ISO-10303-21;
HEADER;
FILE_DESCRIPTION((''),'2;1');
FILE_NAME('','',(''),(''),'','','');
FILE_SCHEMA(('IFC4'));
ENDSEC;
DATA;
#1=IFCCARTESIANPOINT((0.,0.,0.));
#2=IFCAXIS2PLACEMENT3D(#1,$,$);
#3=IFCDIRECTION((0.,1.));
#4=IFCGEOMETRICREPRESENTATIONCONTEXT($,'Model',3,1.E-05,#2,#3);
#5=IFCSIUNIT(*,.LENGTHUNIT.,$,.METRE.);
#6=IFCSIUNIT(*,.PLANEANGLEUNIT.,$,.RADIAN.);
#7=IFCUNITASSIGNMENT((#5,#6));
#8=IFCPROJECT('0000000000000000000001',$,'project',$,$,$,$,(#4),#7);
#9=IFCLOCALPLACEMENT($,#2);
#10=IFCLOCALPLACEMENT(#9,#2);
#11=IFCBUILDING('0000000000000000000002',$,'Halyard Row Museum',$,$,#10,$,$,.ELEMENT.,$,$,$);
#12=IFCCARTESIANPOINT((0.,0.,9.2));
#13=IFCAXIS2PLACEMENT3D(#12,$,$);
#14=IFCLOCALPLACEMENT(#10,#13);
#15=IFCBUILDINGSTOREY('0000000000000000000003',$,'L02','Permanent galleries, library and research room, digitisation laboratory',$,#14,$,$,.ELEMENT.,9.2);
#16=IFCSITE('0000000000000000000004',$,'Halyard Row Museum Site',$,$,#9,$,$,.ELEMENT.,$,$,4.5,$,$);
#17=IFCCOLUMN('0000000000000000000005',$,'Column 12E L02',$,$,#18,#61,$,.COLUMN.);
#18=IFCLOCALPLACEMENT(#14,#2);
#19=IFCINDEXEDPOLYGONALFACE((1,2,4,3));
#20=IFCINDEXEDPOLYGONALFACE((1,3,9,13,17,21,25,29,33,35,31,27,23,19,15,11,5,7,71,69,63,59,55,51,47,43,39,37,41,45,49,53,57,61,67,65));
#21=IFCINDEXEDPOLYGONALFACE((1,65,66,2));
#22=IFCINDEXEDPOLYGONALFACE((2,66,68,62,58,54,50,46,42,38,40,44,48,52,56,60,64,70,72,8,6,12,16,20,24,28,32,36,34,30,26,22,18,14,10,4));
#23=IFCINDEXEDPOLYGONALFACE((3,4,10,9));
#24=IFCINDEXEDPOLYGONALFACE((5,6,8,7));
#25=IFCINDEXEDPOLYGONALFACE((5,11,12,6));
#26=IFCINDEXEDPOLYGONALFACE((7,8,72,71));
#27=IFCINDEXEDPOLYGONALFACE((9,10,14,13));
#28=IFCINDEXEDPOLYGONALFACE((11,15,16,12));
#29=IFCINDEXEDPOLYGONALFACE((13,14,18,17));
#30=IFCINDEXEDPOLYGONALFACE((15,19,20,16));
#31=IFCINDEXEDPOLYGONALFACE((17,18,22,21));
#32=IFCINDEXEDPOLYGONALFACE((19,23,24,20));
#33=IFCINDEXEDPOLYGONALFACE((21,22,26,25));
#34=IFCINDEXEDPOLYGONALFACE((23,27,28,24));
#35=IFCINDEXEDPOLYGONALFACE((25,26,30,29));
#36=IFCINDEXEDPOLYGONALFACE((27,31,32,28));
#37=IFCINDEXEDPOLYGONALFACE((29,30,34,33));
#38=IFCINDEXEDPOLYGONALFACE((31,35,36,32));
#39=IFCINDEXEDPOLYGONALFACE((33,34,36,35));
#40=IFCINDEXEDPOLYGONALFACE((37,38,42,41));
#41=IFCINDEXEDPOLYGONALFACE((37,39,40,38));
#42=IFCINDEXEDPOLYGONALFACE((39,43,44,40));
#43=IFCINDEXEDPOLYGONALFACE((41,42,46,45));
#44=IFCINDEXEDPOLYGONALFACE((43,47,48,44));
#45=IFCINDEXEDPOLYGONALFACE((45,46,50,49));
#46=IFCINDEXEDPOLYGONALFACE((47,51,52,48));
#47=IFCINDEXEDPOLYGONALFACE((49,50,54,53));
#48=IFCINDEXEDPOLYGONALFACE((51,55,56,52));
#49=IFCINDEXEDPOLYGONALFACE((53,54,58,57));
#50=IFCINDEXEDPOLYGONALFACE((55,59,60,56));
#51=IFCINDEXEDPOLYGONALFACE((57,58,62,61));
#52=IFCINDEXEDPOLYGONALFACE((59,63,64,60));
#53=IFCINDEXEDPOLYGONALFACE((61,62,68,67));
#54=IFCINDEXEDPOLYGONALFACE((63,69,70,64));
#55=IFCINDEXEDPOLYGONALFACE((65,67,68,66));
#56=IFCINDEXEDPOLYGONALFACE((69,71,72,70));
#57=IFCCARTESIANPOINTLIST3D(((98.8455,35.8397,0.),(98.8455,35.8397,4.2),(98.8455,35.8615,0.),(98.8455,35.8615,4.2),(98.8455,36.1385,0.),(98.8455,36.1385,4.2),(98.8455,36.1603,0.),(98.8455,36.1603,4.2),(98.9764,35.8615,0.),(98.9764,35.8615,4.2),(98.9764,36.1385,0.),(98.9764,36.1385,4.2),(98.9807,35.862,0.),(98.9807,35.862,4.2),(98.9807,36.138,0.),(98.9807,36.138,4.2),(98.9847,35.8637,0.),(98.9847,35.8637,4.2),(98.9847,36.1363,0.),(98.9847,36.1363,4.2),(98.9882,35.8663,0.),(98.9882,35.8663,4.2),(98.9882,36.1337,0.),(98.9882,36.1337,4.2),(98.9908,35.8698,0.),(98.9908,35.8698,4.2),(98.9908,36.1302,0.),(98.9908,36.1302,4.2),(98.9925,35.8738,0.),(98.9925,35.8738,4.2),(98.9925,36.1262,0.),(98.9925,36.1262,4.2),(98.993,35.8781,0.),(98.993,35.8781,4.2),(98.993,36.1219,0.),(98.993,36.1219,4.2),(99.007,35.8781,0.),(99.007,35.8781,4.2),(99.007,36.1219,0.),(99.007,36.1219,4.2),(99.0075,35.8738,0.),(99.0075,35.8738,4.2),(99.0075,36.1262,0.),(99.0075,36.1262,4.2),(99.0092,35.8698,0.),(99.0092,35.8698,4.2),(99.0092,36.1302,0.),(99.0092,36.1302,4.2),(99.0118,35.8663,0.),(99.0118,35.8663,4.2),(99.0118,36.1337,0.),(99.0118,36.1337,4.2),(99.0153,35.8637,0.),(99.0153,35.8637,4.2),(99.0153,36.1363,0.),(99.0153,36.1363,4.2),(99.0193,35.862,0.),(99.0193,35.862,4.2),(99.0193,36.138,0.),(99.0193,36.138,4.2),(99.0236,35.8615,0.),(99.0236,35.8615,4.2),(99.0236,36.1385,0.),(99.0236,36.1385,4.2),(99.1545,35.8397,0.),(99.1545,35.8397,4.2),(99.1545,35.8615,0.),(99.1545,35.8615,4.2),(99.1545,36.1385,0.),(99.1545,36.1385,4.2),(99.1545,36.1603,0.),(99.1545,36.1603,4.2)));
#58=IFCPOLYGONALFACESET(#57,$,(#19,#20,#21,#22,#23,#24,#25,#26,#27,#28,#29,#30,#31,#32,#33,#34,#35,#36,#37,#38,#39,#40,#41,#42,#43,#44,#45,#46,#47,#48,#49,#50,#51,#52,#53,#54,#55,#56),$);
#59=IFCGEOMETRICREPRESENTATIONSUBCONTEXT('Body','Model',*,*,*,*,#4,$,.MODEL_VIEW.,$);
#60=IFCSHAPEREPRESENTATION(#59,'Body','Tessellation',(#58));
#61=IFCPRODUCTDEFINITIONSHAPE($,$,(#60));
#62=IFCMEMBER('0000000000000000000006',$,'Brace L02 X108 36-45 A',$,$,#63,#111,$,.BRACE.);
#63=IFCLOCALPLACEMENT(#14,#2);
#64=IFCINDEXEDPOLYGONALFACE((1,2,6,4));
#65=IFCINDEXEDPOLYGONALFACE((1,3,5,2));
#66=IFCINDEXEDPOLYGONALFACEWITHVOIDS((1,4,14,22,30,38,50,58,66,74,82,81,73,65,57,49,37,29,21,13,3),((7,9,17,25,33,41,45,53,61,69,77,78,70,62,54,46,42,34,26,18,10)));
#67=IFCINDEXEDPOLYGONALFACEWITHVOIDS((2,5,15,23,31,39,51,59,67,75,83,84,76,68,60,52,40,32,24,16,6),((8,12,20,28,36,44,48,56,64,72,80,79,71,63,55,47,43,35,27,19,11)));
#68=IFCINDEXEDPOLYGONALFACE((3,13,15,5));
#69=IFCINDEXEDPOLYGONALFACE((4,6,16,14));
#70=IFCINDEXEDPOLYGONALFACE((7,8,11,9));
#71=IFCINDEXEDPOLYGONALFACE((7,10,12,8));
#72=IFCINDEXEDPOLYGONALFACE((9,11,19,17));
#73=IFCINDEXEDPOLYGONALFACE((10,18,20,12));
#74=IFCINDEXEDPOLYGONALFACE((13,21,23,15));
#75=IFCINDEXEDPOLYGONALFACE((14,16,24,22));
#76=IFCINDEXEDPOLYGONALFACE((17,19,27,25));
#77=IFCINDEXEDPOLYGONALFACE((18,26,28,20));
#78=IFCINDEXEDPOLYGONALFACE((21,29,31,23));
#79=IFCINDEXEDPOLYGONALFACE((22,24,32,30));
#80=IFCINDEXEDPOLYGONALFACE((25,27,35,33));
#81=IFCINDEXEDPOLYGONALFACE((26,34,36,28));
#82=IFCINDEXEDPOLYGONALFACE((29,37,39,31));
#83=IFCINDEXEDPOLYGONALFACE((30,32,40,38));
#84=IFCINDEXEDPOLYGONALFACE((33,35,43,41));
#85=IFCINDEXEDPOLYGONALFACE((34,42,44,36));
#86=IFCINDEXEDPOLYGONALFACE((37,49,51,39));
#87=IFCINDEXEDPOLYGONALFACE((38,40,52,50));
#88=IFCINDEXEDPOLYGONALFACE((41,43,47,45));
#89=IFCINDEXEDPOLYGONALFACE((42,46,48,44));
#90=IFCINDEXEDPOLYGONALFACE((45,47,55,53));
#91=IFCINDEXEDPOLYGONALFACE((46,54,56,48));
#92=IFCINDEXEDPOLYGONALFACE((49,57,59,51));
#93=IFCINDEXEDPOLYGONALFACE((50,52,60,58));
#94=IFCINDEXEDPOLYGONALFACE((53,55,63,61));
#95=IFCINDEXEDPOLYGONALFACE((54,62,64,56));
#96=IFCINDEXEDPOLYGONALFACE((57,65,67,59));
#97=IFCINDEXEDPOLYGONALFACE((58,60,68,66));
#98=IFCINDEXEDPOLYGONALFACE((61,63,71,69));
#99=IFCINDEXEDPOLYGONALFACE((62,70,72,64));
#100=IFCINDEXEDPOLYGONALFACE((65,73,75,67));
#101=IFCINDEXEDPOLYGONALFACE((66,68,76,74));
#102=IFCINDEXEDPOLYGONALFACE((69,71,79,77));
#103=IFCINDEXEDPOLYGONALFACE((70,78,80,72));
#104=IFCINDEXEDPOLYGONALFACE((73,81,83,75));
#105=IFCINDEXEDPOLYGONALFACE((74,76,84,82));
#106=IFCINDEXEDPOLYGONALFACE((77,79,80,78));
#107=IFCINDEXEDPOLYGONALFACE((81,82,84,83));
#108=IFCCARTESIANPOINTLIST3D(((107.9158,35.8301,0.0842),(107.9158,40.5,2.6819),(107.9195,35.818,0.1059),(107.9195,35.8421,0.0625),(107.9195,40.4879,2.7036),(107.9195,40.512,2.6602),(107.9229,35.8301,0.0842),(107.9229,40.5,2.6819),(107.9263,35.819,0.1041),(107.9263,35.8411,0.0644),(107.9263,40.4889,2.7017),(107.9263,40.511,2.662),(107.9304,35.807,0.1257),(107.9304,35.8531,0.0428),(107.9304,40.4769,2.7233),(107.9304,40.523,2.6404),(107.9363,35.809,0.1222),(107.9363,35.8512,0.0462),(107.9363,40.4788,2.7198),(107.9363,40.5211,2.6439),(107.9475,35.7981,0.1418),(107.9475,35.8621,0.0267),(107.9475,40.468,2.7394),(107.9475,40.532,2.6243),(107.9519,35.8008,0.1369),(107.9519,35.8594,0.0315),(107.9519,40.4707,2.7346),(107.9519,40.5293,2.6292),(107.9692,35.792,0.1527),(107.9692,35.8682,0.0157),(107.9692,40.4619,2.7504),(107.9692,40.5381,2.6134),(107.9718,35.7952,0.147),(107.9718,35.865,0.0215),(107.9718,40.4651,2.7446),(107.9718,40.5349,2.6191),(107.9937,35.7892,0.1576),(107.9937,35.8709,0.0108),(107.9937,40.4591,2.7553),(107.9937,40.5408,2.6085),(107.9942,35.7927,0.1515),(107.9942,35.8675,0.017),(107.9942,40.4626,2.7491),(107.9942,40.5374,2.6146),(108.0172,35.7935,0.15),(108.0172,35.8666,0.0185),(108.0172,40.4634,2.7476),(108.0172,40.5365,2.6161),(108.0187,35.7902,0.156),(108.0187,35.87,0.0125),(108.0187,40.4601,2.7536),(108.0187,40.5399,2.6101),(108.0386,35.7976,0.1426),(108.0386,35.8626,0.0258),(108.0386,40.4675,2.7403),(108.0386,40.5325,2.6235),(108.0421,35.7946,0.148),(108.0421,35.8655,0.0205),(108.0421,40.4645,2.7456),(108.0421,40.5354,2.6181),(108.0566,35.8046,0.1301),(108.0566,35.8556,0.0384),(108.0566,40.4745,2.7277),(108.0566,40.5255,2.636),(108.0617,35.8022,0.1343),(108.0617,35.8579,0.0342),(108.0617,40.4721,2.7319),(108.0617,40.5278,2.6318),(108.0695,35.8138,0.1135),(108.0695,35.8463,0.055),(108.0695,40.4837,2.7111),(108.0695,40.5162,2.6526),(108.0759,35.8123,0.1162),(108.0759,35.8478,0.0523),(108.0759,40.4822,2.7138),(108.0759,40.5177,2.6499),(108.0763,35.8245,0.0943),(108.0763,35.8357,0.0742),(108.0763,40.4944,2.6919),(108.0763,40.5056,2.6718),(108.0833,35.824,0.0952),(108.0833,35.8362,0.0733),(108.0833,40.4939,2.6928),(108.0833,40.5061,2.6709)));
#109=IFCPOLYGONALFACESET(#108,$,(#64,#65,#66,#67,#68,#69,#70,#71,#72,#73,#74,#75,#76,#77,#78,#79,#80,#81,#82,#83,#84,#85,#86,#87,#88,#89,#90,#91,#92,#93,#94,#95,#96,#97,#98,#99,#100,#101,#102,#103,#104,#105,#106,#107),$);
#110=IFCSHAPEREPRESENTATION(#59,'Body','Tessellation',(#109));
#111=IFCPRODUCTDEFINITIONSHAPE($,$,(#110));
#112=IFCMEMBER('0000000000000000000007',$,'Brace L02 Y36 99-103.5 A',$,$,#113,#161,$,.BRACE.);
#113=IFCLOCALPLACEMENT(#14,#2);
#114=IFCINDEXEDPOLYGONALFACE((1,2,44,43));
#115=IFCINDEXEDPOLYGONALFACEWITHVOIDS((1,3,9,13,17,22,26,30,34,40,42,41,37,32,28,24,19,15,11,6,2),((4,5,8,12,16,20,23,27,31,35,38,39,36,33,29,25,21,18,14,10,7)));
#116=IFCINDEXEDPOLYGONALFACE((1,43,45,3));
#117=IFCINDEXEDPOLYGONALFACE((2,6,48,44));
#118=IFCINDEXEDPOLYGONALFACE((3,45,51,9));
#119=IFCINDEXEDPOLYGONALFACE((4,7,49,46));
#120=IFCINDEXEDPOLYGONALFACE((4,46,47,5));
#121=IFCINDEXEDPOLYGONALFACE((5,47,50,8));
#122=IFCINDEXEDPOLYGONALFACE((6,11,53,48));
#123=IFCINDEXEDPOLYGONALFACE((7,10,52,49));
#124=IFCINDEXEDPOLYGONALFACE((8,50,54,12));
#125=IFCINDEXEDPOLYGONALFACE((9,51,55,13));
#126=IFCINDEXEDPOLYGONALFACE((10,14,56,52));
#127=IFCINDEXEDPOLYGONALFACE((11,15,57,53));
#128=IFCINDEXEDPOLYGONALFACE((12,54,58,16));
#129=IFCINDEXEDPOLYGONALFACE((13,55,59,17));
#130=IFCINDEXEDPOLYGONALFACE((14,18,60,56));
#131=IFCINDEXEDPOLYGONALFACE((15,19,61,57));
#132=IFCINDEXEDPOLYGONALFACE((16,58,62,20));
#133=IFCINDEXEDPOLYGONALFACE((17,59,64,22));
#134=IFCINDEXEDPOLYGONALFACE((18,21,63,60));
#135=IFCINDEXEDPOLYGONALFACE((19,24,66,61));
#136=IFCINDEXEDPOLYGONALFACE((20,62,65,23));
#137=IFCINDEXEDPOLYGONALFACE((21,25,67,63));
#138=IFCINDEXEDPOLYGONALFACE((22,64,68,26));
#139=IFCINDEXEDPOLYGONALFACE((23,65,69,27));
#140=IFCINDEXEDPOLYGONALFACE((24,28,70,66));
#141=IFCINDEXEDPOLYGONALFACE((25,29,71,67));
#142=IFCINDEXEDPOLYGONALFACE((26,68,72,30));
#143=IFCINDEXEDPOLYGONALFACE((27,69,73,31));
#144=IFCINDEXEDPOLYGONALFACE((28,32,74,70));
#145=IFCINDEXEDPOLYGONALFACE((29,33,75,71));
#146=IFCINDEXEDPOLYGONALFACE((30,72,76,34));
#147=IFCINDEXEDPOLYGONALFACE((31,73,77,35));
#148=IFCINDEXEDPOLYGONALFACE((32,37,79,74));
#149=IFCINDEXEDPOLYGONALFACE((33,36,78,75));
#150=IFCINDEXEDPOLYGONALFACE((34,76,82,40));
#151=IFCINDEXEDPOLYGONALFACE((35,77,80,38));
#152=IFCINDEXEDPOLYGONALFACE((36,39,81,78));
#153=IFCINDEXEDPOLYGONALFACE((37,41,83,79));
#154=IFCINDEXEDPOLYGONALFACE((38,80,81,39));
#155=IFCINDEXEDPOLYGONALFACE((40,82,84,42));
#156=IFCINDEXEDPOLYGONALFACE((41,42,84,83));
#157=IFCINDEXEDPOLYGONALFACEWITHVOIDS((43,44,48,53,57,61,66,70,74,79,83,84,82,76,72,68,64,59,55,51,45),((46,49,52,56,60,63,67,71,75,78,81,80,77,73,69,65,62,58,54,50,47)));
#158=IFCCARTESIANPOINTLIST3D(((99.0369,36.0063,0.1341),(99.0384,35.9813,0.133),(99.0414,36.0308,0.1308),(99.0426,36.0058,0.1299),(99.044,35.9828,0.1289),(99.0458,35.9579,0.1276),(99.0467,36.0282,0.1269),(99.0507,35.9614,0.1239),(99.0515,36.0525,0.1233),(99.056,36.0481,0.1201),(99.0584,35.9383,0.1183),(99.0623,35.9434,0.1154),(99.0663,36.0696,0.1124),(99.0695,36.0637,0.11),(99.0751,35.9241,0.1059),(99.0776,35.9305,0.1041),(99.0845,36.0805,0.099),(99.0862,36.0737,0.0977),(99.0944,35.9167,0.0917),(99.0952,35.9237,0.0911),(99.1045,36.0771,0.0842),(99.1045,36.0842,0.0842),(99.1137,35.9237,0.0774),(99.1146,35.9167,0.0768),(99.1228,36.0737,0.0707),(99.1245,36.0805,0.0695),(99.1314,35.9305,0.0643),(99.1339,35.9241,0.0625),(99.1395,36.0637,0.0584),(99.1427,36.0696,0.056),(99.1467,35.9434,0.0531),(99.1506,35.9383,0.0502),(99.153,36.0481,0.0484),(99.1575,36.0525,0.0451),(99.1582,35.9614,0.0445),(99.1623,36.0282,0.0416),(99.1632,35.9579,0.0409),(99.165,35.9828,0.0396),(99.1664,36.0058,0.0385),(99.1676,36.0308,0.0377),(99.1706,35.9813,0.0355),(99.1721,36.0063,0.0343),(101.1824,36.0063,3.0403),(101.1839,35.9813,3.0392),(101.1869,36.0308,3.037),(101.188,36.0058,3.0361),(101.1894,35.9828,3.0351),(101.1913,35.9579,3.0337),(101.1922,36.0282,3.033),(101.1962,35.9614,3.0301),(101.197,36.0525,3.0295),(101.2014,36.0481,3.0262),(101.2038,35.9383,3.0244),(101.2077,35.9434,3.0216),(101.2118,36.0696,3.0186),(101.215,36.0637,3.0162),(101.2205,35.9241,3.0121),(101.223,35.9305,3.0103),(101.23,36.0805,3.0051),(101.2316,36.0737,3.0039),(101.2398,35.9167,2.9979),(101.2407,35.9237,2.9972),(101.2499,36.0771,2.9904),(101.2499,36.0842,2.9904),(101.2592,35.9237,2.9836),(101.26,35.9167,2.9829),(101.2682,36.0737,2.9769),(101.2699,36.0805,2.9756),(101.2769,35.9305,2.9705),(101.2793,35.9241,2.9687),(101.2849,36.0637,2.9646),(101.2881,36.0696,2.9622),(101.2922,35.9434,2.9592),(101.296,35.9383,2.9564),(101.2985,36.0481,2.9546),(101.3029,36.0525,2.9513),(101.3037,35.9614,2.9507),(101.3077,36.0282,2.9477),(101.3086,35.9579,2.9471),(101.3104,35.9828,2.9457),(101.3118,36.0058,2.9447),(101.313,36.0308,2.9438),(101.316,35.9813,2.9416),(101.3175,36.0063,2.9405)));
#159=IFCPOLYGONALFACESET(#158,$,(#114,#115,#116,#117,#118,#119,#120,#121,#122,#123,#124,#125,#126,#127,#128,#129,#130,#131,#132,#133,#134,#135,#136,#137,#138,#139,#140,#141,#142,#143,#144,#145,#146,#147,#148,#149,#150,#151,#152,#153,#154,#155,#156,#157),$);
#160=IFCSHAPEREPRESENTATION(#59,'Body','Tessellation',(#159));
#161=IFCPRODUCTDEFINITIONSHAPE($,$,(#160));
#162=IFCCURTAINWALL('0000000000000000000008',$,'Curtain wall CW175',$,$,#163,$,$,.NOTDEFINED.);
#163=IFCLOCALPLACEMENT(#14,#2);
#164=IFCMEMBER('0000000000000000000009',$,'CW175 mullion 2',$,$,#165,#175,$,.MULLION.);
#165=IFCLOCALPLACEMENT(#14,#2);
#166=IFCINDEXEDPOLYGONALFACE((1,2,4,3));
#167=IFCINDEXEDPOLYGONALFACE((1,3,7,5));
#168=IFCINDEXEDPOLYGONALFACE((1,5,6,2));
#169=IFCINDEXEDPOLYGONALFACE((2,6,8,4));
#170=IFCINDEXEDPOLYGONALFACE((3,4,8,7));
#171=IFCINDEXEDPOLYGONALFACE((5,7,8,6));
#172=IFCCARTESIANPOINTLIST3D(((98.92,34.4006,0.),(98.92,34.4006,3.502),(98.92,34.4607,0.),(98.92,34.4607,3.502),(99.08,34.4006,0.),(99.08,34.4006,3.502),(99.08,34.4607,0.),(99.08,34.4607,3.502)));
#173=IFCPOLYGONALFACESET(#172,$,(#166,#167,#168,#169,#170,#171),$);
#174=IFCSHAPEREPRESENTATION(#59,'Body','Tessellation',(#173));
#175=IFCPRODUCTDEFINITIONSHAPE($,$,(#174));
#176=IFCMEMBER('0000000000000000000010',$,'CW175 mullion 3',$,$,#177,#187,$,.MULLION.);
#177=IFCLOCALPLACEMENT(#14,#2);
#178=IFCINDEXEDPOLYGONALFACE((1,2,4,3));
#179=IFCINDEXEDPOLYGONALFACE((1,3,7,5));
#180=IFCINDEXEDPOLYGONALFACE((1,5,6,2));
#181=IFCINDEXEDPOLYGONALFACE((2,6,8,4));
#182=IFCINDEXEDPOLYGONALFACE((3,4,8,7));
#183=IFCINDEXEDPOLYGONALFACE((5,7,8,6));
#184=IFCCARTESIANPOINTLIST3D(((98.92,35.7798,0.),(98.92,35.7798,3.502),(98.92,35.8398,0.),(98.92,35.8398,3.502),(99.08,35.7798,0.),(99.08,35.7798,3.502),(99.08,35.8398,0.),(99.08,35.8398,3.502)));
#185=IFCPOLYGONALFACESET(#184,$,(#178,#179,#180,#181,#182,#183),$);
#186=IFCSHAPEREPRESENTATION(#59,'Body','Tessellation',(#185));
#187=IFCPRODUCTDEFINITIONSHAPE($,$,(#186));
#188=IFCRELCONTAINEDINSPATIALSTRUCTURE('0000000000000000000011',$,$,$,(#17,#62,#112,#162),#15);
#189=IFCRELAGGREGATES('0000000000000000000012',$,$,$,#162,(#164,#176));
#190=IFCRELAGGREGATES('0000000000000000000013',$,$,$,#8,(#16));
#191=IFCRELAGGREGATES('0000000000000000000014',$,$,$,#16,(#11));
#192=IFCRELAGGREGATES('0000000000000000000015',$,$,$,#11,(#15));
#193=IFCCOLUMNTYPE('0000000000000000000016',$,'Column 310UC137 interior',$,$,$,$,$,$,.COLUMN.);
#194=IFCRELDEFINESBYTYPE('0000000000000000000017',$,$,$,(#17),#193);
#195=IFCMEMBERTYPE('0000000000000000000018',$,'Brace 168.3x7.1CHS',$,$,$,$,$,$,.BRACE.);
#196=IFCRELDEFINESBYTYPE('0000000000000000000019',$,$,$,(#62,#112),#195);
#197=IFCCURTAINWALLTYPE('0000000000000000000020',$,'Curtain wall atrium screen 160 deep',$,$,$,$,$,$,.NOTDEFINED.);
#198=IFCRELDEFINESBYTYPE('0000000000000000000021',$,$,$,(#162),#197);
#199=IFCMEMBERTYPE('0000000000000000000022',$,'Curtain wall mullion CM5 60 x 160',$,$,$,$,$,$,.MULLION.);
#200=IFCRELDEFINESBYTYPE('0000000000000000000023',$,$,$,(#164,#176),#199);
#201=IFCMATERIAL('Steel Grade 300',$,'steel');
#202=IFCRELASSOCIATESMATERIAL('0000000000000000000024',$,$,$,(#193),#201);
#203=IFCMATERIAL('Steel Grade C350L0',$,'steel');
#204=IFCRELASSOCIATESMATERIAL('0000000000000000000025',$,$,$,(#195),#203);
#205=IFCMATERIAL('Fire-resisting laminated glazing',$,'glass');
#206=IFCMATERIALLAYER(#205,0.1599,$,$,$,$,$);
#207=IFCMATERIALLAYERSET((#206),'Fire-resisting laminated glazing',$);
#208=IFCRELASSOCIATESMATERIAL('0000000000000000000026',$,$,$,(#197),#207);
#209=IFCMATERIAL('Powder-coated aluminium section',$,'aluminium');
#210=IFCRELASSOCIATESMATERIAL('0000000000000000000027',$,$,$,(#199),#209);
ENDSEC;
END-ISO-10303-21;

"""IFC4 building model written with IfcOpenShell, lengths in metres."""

from ifc_helpers import new_model, si_unit, direction, frame, origin, origin_2d, place, context, subcontext, project, spatial, rectangle, hollow_circle, i_section, extrude, material, layer, layer_set, material_profile, profile_set, type_object, element, aggregate, save


model = new_model("IFC4")

# Units and contexts
model_context = context("Model", 3, precision=1e-05, world=origin(), true_north=direction((0.0, 1.0)))
body_context = subcontext(model_context, "Body", "Model", "MODEL_VIEW")
ifc_project = project(units=[si_unit("LENGTHUNIT", "METRE"), si_unit("PLANEANGLEUNIT", "RADIAN")], contexts=[model_context])

# Site, building, storey
site_placement = place(None, origin())
site = spatial("IfcSite", under=ifc_project, at=site_placement, Name="Halyard Row Museum Site", CompositionType="ELEMENT", RefElevation=4.5)
building_placement = place(site_placement, origin())
building = spatial("IfcBuilding", under=site, at=building_placement, Name="Halyard Row Museum", CompositionType="ELEMENT")
storey_placement = place(building_placement, frame((0.0, 0.0, 9.2)))
storey = spatial("IfcBuildingStorey", under=building, at=storey_placement, Name="L02", Description="Permanent galleries, library and research room, digitisation laboratory", CompositionType="ELEMENT", Elevation=9.2)

# Column
ifc_material_1 = material(Name="Steel Grade 300", Category="steel")
ifc_material_profile_1 = material_profile(ifc_material_1, i_section(OverallWidth=0.3091, OverallDepth=0.3206, WebThickness=0.0139, FlangeThickness=0.0217, FilletRadius=0.0166, at=origin_2d()), Name="310UC137")
ifc_profile_set_1 = profile_set([ifc_material_profile_1], Name="Steel Grade 300")
column_type = type_object("IfcColumnType", Name="Column 310UC137 interior", PredefinedType="COLUMN", material=ifc_profile_set_1)
column_placement = place(storey_placement, frame((99.0, 36.0, 0.0), z_axis=(0.0, 0.0, 1.0), x_axis=(1.0, 0.0, 0.0)))
element("IfcColumn", 1, at=column_placement, inside=storey, type_object=column_type, Name="Column 12E L02", PredefinedType="COLUMN", context=body_context, shape_type="SweptSolid", body=[
    extrude(i_section(OverallWidth=0.3091, OverallDepth=0.3206, WebThickness=0.0139, FlangeThickness=0.0217, FilletRadius=0.0166, at=origin_2d()), origin(), (0.0, 0.0, 1.0), 4.2),
])

# Members
ifc_material_2 = material(Name="Steel Grade C350L0", Category="steel")
ifc_material_profile_2 = material_profile(ifc_material_2, hollow_circle(Radius=0.0842, WallThickness=0.0071, at=origin_2d()), Name="168.3x7.1CHS")
ifc_profile_set_2 = profile_set([ifc_material_profile_2], Name="Steel Grade C350L0")
member_type_1 = type_object("IfcMemberType", Name="Brace 168.3x7.1CHS", PredefinedType="BRACE", material=ifc_profile_set_2)
member_1_placement = place(storey_placement, frame((108.0, 35.8301, 0.0842), z_axis=(0.0, 0.873899, 0.486108), x_axis=(-1.0, 0.0, 0.0)))
element("IfcMember", 2, at=member_1_placement, inside=storey, type_object=member_type_1, Name="Brace L02 X108 36-45 A", PredefinedType="BRACE", context=body_context, shape_type="SweptSolid", body=[
    extrude(hollow_circle(Radius=0.0842, WallThickness=0.0071, at=origin_2d()), origin(), (0.0, 0.0, 1.0), 5.3438),
])
member_2_placement = place(storey_placement, frame((99.1045, 36.0, 0.0842), z_axis=(0.593927, 0.0, 0.804519), x_axis=(0.0, 1.0, 0.0)))
element("IfcMember", 3, at=member_2_placement, inside=storey, type_object=member_type_1, Name="Brace L02 Y36 99-103.5 A", PredefinedType="BRACE", context=body_context, shape_type="SweptSolid", body=[
    extrude(hollow_circle(Radius=0.0842, WallThickness=0.0071, at=origin_2d()), origin(), (0.0, 0.0, 1.0), 3.6123),
])

# Curtain wall, members
ifc_material_3 = material(Name="Fire-resisting laminated glazing", Category="glass")
ifc_layer_1 = layer(ifc_material_3, 0.1599)
ifc_layer_set_1 = layer_set([ifc_layer_1], Name="Fire-resisting laminated glazing")
curtain_wall_type = type_object("IfcCurtainWallType", Name="Curtain wall atrium screen 160 deep", PredefinedType="NOTDEFINED", material=ifc_layer_set_1)
curtain_wall_placement = place(storey_placement, origin())
curtain_wall = element("IfcCurtainWall", 4, at=curtain_wall_placement, inside=storey, type_object=curtain_wall_type, Name="Curtain wall CW175", PredefinedType="NOTDEFINED")
ifc_material_4 = material(Name="Powder-coated aluminium section", Category="aluminium")
ifc_material_profile_3 = material_profile(ifc_material_4, rectangle(XDim=0.1599, YDim=0.0601, at=origin_2d()), Name="160x60 mullion")
ifc_profile_set_3 = profile_set([ifc_material_profile_3], Name="Powder-coated aluminium section")
member_type_2 = type_object("IfcMemberType", Name="Curtain wall mullion CM5 60 x 160", PredefinedType="MULLION", material=ifc_profile_set_3)
member_3_placement = place(storey_placement, frame((99.0, 34.4307, 0.0), z_axis=(0.0, 0.0, 1.0), x_axis=(-1.0, 0.0, 0.0)))
member_3 = element("IfcMember", 5, at=member_3_placement, type_object=member_type_2, Name="CW175 mullion 2", PredefinedType="MULLION", context=body_context, shape_type="SweptSolid", body=[
    extrude(rectangle(XDim=0.1599, YDim=0.0601, at=origin_2d()), origin(), (0.0, 0.0, 1.0), 3.502),
])
member_4_placement = place(storey_placement, frame((99.0, 35.8098, 0.0), z_axis=(0.0, 0.0, 1.0), x_axis=(-1.0, 0.0, 0.0)))
member_4 = element("IfcMember", 6, at=member_4_placement, type_object=member_type_2, Name="CW175 mullion 3", PredefinedType="MULLION", context=body_context, shape_type="SweptSolid", body=[
    extrude(rectangle(XDim=0.1599, YDim=0.0601, at=origin_2d()), origin(), (0.0, 0.0, 1.0), 3.502),
])

aggregate(curtain_wall, [member_3, member_4])

save(model, "model.ifc")
